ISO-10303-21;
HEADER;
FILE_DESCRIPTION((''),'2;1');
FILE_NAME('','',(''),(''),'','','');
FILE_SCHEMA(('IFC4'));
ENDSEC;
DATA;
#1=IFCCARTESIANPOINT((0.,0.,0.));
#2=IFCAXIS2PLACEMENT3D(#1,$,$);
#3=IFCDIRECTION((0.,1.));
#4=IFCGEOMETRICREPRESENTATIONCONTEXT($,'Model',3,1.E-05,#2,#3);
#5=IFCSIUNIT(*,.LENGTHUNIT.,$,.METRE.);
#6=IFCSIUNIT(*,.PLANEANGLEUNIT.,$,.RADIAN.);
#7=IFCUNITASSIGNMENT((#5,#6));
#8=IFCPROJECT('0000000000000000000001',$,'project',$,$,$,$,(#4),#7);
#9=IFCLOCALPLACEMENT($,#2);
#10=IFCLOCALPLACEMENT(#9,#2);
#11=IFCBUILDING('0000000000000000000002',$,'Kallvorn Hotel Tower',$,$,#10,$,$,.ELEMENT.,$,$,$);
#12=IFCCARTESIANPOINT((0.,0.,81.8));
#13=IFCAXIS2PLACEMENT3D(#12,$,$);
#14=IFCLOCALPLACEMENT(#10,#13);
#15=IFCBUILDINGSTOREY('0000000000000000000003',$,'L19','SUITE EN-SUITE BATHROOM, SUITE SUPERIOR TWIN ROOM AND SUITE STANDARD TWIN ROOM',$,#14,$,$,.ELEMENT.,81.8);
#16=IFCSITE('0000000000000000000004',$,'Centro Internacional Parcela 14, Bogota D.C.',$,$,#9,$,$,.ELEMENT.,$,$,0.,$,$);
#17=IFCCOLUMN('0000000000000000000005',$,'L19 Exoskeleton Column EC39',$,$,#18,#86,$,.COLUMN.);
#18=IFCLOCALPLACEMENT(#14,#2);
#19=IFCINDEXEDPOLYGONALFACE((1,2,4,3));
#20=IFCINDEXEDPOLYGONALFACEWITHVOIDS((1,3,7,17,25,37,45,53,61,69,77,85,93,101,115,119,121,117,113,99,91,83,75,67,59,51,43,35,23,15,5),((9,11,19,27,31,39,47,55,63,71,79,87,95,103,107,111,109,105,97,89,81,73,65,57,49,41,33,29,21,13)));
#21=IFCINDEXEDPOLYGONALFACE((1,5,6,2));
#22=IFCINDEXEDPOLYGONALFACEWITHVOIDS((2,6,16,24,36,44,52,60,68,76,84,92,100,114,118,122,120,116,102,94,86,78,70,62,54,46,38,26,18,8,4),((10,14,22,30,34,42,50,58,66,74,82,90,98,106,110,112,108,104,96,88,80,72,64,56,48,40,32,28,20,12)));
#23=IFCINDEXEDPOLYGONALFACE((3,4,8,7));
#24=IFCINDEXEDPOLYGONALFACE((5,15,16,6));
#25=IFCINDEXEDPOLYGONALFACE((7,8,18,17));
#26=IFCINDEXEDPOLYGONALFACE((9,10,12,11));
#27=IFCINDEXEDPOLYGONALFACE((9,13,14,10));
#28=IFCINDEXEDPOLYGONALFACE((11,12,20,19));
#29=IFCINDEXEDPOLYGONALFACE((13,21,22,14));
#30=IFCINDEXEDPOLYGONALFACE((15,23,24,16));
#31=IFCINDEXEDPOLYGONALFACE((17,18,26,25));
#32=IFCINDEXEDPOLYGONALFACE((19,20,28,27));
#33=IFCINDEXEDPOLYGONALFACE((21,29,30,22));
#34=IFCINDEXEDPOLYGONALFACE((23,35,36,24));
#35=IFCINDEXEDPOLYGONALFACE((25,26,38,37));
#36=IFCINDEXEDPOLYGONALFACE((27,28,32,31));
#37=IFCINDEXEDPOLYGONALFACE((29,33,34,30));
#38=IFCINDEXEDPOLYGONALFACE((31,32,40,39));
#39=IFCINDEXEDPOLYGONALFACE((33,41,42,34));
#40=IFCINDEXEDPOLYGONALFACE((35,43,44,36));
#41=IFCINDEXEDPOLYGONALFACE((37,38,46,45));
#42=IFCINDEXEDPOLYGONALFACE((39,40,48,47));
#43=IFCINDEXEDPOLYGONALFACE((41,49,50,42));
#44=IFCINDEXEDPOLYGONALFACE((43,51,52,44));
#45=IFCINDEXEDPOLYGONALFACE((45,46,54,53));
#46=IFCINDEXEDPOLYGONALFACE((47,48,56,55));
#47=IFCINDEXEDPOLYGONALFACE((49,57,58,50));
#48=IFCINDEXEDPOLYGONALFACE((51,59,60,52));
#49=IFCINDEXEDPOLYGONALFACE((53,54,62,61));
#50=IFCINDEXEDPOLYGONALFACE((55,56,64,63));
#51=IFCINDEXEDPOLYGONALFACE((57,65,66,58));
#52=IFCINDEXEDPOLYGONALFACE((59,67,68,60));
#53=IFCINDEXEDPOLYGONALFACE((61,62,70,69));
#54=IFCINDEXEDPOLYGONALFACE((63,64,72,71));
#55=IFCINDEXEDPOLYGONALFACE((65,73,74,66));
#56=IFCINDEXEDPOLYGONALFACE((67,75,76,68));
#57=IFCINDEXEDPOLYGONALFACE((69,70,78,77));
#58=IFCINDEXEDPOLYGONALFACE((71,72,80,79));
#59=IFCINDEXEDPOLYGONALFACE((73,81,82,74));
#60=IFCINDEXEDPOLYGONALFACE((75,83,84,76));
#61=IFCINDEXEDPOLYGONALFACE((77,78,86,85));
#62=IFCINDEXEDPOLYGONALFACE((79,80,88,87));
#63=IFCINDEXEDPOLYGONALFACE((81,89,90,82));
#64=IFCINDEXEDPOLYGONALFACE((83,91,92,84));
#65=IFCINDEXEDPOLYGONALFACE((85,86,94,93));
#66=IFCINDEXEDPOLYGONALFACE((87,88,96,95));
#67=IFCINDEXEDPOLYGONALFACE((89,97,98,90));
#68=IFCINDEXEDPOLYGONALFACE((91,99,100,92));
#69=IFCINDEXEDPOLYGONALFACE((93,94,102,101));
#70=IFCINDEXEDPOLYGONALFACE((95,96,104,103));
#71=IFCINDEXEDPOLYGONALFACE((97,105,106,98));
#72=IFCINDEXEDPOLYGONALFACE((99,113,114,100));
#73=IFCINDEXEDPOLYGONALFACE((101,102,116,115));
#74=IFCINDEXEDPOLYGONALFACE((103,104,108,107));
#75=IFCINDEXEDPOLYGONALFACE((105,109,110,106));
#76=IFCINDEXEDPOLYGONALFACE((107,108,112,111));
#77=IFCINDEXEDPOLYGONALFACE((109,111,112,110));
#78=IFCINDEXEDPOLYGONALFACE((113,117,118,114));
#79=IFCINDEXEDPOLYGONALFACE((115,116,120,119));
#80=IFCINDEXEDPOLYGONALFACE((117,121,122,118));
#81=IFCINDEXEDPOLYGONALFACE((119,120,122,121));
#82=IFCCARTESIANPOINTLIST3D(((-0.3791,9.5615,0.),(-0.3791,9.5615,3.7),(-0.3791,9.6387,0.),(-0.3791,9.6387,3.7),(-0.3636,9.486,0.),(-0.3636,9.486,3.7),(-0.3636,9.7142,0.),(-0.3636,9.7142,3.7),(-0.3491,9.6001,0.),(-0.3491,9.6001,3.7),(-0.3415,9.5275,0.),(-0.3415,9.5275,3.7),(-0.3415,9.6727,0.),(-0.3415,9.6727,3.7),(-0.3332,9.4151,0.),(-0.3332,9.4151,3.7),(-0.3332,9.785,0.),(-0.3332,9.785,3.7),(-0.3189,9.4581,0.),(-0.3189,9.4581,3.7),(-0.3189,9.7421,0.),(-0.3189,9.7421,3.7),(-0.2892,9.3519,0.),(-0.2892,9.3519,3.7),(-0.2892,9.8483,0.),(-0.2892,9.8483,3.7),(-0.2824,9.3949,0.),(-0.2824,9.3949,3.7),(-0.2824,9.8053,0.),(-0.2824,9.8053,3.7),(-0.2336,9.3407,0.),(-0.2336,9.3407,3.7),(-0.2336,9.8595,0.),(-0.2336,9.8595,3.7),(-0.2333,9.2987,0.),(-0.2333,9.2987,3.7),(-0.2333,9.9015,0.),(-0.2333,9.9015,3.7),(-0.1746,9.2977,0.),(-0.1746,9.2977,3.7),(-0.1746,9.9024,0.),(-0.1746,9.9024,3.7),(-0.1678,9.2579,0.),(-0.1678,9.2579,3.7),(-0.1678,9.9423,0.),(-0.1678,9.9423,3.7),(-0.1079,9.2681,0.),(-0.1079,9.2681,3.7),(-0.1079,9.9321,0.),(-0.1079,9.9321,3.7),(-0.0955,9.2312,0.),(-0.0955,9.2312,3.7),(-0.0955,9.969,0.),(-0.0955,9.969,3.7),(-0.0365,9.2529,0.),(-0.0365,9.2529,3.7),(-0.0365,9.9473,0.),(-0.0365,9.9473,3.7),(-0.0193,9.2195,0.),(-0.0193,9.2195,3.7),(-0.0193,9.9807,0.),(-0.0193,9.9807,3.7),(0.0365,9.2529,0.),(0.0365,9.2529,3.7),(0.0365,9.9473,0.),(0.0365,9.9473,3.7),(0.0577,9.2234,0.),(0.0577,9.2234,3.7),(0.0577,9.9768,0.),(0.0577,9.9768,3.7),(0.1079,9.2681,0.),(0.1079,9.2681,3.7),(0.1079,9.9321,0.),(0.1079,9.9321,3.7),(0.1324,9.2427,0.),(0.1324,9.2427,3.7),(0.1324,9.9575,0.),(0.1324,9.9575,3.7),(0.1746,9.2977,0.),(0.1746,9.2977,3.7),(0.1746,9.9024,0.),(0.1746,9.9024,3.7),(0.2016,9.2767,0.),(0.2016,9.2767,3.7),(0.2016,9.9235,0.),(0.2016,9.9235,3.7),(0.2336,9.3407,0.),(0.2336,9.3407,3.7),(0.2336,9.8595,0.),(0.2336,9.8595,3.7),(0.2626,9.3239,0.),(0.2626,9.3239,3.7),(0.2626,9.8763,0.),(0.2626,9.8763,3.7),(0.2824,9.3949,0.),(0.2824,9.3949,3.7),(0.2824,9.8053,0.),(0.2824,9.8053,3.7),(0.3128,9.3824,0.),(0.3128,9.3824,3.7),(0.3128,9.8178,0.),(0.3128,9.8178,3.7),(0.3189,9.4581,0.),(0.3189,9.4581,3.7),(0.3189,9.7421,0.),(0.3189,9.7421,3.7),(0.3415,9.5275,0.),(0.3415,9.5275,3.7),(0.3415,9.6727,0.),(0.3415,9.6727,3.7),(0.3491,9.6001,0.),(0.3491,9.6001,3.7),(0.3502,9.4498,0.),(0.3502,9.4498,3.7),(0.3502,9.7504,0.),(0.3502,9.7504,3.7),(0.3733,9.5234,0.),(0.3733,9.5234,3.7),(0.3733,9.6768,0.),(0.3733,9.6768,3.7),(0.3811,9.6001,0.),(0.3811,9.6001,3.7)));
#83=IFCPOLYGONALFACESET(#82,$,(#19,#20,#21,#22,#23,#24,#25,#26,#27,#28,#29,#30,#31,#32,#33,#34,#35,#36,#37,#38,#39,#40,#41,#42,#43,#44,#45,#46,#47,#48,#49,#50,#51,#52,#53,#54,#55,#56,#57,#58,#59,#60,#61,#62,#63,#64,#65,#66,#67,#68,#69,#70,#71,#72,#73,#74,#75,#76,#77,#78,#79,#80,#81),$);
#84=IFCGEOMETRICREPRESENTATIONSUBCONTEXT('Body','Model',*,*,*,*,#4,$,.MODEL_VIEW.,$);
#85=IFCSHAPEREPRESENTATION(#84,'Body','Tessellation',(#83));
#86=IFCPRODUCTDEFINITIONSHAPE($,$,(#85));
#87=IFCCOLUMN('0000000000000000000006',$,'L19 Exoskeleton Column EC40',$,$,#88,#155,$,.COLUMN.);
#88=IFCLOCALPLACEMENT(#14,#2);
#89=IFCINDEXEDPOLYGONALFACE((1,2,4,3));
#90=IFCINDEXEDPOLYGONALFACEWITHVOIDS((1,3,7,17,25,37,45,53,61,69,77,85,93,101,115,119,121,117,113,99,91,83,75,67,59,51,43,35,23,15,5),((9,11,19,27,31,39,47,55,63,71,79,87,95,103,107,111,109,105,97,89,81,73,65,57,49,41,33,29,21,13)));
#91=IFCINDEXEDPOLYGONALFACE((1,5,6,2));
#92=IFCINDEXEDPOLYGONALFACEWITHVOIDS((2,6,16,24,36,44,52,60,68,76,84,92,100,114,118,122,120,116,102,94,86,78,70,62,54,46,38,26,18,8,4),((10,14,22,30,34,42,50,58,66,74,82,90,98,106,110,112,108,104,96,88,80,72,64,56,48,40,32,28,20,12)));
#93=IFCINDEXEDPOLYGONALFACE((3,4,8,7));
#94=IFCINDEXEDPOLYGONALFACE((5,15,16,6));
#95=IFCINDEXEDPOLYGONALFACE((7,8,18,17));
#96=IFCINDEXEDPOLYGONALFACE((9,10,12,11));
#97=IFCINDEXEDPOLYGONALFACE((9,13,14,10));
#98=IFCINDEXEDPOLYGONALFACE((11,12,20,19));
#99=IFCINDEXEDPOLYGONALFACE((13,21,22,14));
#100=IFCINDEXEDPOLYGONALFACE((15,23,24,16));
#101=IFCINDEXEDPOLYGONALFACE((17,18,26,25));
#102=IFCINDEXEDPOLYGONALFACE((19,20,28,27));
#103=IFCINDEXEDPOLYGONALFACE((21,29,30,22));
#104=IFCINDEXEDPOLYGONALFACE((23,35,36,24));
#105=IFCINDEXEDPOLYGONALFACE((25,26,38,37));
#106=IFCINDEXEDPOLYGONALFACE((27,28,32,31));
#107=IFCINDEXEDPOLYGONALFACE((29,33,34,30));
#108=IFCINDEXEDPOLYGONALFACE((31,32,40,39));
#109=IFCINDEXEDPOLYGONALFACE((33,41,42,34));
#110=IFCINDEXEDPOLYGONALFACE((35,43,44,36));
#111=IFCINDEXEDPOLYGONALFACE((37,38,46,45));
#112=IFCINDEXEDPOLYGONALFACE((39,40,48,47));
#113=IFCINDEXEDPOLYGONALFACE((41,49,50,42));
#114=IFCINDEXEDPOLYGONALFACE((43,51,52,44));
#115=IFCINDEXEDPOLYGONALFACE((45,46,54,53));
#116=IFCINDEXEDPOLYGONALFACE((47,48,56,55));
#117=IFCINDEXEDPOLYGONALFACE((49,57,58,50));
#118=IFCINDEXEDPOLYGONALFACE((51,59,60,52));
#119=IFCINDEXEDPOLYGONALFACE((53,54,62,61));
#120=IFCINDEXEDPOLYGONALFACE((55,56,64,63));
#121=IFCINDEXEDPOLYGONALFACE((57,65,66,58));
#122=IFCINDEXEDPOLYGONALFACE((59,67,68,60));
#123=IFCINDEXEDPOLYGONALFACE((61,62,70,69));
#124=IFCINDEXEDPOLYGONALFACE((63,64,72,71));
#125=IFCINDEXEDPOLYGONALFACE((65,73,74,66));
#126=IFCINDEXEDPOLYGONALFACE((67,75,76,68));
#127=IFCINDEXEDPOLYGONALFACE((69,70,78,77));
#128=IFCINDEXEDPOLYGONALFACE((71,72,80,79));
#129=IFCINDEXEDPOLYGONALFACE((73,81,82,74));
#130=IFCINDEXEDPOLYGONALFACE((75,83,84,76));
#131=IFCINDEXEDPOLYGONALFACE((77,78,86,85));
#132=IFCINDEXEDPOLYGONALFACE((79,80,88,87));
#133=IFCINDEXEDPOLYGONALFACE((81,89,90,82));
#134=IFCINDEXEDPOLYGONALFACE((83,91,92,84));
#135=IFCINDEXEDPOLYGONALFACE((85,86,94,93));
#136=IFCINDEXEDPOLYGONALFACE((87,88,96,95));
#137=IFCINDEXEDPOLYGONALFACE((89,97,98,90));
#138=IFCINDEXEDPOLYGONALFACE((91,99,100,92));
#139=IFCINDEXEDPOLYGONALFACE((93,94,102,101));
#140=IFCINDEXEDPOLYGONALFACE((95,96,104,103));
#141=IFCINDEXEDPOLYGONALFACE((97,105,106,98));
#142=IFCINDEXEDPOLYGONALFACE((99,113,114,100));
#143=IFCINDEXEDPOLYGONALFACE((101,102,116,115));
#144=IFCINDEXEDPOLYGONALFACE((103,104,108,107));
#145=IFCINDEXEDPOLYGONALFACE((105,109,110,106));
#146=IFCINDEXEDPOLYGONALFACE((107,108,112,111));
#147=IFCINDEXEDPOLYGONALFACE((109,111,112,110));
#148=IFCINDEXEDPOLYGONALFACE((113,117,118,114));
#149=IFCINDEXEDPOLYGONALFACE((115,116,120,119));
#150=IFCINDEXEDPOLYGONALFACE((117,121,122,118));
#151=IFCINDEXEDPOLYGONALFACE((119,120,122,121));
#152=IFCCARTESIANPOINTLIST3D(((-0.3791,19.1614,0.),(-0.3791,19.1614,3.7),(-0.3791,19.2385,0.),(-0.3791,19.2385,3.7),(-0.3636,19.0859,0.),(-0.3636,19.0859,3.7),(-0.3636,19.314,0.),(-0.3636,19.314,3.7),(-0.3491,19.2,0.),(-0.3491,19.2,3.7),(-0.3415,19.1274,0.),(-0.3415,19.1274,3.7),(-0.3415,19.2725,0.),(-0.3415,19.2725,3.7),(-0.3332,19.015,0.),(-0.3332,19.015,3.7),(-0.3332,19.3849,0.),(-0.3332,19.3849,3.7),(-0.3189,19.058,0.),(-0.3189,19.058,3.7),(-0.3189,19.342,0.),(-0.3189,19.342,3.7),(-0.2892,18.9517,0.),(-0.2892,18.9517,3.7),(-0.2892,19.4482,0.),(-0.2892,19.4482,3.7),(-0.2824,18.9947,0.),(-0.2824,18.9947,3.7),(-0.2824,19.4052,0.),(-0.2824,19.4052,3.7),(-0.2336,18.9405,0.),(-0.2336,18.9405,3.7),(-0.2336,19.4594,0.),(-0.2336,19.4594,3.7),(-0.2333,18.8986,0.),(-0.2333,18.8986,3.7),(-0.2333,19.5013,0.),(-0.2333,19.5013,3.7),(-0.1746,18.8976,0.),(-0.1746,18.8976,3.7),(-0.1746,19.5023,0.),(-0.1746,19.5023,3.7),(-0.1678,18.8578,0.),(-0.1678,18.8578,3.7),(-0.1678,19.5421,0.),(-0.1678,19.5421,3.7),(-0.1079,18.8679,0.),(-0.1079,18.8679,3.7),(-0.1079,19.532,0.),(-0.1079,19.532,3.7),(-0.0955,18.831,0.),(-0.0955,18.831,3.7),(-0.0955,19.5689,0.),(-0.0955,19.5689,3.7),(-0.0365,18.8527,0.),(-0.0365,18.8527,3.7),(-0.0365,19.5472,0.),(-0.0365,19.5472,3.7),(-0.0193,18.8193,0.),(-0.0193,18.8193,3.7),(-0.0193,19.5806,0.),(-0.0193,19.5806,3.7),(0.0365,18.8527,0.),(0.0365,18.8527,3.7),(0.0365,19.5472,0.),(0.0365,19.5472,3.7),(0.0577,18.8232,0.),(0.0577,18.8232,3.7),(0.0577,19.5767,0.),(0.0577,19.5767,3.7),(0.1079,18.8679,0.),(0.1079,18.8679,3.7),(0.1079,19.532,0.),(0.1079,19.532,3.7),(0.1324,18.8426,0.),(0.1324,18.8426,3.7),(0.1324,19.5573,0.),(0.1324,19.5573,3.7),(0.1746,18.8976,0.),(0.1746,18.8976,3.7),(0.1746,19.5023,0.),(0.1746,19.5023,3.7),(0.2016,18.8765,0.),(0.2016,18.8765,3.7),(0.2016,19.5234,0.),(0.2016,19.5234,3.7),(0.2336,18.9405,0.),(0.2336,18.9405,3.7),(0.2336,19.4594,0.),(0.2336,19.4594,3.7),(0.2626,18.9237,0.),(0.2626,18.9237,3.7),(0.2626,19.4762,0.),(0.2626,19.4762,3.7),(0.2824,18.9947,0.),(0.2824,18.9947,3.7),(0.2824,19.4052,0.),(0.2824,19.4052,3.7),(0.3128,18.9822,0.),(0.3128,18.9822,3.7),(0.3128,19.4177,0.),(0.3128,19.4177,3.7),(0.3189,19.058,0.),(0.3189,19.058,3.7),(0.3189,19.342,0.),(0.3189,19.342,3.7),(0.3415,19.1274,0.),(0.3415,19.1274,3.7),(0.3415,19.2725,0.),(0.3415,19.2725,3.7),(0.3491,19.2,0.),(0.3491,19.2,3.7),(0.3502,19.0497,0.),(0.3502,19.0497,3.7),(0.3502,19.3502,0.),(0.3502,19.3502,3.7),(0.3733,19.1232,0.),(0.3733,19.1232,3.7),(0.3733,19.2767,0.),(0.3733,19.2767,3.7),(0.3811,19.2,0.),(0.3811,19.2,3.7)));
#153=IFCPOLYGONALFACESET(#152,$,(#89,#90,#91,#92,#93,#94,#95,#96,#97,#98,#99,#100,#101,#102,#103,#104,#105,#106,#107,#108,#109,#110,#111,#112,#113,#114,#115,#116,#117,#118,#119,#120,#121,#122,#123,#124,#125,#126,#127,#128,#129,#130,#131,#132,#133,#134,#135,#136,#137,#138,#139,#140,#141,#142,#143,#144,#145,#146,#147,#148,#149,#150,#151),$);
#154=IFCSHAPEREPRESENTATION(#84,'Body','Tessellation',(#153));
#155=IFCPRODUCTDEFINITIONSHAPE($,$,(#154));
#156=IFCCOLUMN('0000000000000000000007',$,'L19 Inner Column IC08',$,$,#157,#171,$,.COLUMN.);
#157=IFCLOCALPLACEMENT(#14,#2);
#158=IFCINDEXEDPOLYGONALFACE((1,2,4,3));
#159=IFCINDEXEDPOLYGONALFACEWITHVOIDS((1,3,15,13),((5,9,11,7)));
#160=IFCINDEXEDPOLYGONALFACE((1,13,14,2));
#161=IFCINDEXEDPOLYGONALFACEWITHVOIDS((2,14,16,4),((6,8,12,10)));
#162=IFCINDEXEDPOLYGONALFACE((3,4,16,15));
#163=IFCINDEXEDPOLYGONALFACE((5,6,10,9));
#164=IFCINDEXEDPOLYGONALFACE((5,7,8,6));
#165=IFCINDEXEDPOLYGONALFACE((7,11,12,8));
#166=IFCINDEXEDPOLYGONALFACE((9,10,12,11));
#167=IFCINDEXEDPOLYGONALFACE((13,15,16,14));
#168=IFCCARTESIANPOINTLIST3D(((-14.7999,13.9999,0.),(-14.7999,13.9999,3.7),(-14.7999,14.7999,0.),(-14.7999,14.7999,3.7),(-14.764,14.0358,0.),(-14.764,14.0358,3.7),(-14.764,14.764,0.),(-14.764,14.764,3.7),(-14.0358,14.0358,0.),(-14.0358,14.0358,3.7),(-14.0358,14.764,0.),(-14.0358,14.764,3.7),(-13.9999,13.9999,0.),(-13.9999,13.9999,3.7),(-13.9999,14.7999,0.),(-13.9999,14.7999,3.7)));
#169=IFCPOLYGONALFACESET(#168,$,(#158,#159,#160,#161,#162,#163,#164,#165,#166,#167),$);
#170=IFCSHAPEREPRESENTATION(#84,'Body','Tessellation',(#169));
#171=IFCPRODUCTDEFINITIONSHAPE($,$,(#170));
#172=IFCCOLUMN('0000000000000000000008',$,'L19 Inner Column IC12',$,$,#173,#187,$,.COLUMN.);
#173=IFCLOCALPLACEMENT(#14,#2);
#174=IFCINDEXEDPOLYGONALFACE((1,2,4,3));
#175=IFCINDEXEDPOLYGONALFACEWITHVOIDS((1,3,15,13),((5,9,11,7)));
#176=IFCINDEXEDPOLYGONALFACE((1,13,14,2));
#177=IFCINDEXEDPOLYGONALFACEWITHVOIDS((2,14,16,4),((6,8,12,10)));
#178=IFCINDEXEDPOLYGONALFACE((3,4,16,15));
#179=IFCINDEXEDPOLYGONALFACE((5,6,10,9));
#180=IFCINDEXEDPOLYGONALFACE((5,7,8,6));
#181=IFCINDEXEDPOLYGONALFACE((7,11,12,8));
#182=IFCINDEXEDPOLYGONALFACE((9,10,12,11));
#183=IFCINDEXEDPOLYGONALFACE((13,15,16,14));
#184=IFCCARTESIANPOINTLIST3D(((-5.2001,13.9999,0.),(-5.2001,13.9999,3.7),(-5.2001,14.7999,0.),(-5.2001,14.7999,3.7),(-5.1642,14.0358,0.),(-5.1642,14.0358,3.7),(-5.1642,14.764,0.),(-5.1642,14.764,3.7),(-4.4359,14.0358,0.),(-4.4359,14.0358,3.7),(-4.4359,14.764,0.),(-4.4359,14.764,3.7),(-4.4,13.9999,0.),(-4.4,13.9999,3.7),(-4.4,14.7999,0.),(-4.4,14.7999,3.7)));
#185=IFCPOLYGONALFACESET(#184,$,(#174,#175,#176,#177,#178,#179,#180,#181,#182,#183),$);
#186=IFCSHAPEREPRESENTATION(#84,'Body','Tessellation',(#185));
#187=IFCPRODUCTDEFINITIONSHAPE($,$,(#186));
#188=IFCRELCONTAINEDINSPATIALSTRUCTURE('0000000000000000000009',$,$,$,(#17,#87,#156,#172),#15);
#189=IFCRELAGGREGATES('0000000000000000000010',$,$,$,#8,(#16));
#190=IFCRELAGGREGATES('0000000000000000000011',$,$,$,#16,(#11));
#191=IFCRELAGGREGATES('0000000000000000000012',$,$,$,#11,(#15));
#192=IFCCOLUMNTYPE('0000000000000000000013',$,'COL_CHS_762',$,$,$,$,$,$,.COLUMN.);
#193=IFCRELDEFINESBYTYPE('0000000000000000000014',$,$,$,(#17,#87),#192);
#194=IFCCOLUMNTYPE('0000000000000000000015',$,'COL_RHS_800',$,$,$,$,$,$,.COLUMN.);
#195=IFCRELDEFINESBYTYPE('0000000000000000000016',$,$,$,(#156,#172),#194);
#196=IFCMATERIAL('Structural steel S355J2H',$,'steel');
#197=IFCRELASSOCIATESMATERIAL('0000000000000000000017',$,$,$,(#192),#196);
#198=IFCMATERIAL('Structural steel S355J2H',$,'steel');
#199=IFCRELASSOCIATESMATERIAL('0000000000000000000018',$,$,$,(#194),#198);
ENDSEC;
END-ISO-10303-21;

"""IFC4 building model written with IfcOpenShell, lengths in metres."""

from ifc_helpers import new_model, si_unit, direction, frame, origin, origin_2d, place, context, subcontext, project, spatial, hollow_rectangle, hollow_circle, extrude, material, material_profile, profile_set, type_object, element, save


model = new_model("IFC4")

# Units and contexts
model_context = context("Model", 3, precision=1e-05, world=origin(), true_north=direction((0.0, 1.0)))
body_context = subcontext(model_context, "Body", "Model", "MODEL_VIEW")
ifc_project = project(units=[si_unit("LENGTHUNIT", "METRE"), si_unit("PLANEANGLEUNIT", "RADIAN")], contexts=[model_context])

# Site, building, storey
site_placement = place(None, origin())
site = spatial("IfcSite", under=ifc_project, at=site_placement, Name="Centro Internacional Parcela 14, Bogota D.C.", CompositionType="ELEMENT", RefElevation=0.0)
building_placement = place(site_placement, origin())
building = spatial("IfcBuilding", under=site, at=building_placement, Name="Kallvorn Hotel Tower", CompositionType="ELEMENT")
storey_placement = place(building_placement, frame((0.0, 0.0, 81.8)))
storey = spatial("IfcBuildingStorey", under=building, at=storey_placement, Name="L19", Description="SUITE EN-SUITE BATHROOM, SUITE SUPERIOR TWIN ROOM AND SUITE STANDARD TWIN ROOM", CompositionType="ELEMENT", Elevation=81.8)

# Columns
ifc_material_1 = material(Name="Structural steel S355J2H", Category="steel")
ifc_material_profile_1 = material_profile(ifc_material_1, hollow_circle(Radius=0.3811, WallThickness=0.032, at=origin_2d()), Name="CHS 762x32")
ifc_profile_set_1 = profile_set([ifc_material_profile_1], Name="Structural steel S355J2H")
column_type_1 = type_object("IfcColumnType", Name="COL_CHS_762", PredefinedType="COLUMN", material=ifc_profile_set_1)
for number, where, z_axis, x_axis, name in (
    (1, (0.0, 9.6001, 0.0), (0.0, 0.0, 1.0), (1.0, 0.0, 0.0), "L19 Exoskeleton Column EC39"),
    (2, (0.0, 19.2, 0.0), (0.0, 0.0, 1.0), (1.0, 0.0, 0.0), "L19 Exoskeleton Column EC40"),
):
    element("IfcColumn", number, at=place(storey_placement, frame(where, z_axis=z_axis, x_axis=x_axis)), inside=storey, type_object=column_type_1, Name=name, PredefinedType="COLUMN", context=body_context, shape_type="SweptSolid", body=[
        extrude(hollow_circle(Radius=0.3811, WallThickness=0.032, at=origin_2d()), origin(), (0.0, 0.0, 1.0), 3.7),
    ])
ifc_material_2 = material(Name="Structural steel S355J2H", Category="steel")
ifc_material_profile_2 = material_profile(ifc_material_2, hollow_rectangle(XDim=0.8, YDim=0.8, WallThickness=0.0359, at=origin_2d()), Name="RHS 800x800x36")
ifc_profile_set_2 = profile_set([ifc_material_profile_2], Name="Structural steel S355J2H")
column_type_2 = type_object("IfcColumnType", Name="COL_RHS_800", PredefinedType="COLUMN", material=ifc_profile_set_2)
for number, where, z_axis, x_axis, name in (
    (3, (-14.3999, 14.3999, 0.0), (0.0, 0.0, 1.0), (1.0, 0.0, 0.0), "L19 Inner Column IC08"),
    (4, (-4.8, 14.3999, 0.0), (0.0, 0.0, 1.0), (1.0, 0.0, 0.0), "L19 Inner Column IC12"),
):
    element("IfcColumn", number, at=place(storey_placement, frame(where, z_axis=z_axis, x_axis=x_axis)), inside=storey, type_object=column_type_2, Name=name, PredefinedType="COLUMN", context=body_context, shape_type="SweptSolid", body=[
        extrude(hollow_rectangle(XDim=0.8, YDim=0.8, WallThickness=0.0359, at=origin_2d()), origin(), (0.0, 0.0, 1.0), 3.7),
    ])

save(model, "model.ifc")
